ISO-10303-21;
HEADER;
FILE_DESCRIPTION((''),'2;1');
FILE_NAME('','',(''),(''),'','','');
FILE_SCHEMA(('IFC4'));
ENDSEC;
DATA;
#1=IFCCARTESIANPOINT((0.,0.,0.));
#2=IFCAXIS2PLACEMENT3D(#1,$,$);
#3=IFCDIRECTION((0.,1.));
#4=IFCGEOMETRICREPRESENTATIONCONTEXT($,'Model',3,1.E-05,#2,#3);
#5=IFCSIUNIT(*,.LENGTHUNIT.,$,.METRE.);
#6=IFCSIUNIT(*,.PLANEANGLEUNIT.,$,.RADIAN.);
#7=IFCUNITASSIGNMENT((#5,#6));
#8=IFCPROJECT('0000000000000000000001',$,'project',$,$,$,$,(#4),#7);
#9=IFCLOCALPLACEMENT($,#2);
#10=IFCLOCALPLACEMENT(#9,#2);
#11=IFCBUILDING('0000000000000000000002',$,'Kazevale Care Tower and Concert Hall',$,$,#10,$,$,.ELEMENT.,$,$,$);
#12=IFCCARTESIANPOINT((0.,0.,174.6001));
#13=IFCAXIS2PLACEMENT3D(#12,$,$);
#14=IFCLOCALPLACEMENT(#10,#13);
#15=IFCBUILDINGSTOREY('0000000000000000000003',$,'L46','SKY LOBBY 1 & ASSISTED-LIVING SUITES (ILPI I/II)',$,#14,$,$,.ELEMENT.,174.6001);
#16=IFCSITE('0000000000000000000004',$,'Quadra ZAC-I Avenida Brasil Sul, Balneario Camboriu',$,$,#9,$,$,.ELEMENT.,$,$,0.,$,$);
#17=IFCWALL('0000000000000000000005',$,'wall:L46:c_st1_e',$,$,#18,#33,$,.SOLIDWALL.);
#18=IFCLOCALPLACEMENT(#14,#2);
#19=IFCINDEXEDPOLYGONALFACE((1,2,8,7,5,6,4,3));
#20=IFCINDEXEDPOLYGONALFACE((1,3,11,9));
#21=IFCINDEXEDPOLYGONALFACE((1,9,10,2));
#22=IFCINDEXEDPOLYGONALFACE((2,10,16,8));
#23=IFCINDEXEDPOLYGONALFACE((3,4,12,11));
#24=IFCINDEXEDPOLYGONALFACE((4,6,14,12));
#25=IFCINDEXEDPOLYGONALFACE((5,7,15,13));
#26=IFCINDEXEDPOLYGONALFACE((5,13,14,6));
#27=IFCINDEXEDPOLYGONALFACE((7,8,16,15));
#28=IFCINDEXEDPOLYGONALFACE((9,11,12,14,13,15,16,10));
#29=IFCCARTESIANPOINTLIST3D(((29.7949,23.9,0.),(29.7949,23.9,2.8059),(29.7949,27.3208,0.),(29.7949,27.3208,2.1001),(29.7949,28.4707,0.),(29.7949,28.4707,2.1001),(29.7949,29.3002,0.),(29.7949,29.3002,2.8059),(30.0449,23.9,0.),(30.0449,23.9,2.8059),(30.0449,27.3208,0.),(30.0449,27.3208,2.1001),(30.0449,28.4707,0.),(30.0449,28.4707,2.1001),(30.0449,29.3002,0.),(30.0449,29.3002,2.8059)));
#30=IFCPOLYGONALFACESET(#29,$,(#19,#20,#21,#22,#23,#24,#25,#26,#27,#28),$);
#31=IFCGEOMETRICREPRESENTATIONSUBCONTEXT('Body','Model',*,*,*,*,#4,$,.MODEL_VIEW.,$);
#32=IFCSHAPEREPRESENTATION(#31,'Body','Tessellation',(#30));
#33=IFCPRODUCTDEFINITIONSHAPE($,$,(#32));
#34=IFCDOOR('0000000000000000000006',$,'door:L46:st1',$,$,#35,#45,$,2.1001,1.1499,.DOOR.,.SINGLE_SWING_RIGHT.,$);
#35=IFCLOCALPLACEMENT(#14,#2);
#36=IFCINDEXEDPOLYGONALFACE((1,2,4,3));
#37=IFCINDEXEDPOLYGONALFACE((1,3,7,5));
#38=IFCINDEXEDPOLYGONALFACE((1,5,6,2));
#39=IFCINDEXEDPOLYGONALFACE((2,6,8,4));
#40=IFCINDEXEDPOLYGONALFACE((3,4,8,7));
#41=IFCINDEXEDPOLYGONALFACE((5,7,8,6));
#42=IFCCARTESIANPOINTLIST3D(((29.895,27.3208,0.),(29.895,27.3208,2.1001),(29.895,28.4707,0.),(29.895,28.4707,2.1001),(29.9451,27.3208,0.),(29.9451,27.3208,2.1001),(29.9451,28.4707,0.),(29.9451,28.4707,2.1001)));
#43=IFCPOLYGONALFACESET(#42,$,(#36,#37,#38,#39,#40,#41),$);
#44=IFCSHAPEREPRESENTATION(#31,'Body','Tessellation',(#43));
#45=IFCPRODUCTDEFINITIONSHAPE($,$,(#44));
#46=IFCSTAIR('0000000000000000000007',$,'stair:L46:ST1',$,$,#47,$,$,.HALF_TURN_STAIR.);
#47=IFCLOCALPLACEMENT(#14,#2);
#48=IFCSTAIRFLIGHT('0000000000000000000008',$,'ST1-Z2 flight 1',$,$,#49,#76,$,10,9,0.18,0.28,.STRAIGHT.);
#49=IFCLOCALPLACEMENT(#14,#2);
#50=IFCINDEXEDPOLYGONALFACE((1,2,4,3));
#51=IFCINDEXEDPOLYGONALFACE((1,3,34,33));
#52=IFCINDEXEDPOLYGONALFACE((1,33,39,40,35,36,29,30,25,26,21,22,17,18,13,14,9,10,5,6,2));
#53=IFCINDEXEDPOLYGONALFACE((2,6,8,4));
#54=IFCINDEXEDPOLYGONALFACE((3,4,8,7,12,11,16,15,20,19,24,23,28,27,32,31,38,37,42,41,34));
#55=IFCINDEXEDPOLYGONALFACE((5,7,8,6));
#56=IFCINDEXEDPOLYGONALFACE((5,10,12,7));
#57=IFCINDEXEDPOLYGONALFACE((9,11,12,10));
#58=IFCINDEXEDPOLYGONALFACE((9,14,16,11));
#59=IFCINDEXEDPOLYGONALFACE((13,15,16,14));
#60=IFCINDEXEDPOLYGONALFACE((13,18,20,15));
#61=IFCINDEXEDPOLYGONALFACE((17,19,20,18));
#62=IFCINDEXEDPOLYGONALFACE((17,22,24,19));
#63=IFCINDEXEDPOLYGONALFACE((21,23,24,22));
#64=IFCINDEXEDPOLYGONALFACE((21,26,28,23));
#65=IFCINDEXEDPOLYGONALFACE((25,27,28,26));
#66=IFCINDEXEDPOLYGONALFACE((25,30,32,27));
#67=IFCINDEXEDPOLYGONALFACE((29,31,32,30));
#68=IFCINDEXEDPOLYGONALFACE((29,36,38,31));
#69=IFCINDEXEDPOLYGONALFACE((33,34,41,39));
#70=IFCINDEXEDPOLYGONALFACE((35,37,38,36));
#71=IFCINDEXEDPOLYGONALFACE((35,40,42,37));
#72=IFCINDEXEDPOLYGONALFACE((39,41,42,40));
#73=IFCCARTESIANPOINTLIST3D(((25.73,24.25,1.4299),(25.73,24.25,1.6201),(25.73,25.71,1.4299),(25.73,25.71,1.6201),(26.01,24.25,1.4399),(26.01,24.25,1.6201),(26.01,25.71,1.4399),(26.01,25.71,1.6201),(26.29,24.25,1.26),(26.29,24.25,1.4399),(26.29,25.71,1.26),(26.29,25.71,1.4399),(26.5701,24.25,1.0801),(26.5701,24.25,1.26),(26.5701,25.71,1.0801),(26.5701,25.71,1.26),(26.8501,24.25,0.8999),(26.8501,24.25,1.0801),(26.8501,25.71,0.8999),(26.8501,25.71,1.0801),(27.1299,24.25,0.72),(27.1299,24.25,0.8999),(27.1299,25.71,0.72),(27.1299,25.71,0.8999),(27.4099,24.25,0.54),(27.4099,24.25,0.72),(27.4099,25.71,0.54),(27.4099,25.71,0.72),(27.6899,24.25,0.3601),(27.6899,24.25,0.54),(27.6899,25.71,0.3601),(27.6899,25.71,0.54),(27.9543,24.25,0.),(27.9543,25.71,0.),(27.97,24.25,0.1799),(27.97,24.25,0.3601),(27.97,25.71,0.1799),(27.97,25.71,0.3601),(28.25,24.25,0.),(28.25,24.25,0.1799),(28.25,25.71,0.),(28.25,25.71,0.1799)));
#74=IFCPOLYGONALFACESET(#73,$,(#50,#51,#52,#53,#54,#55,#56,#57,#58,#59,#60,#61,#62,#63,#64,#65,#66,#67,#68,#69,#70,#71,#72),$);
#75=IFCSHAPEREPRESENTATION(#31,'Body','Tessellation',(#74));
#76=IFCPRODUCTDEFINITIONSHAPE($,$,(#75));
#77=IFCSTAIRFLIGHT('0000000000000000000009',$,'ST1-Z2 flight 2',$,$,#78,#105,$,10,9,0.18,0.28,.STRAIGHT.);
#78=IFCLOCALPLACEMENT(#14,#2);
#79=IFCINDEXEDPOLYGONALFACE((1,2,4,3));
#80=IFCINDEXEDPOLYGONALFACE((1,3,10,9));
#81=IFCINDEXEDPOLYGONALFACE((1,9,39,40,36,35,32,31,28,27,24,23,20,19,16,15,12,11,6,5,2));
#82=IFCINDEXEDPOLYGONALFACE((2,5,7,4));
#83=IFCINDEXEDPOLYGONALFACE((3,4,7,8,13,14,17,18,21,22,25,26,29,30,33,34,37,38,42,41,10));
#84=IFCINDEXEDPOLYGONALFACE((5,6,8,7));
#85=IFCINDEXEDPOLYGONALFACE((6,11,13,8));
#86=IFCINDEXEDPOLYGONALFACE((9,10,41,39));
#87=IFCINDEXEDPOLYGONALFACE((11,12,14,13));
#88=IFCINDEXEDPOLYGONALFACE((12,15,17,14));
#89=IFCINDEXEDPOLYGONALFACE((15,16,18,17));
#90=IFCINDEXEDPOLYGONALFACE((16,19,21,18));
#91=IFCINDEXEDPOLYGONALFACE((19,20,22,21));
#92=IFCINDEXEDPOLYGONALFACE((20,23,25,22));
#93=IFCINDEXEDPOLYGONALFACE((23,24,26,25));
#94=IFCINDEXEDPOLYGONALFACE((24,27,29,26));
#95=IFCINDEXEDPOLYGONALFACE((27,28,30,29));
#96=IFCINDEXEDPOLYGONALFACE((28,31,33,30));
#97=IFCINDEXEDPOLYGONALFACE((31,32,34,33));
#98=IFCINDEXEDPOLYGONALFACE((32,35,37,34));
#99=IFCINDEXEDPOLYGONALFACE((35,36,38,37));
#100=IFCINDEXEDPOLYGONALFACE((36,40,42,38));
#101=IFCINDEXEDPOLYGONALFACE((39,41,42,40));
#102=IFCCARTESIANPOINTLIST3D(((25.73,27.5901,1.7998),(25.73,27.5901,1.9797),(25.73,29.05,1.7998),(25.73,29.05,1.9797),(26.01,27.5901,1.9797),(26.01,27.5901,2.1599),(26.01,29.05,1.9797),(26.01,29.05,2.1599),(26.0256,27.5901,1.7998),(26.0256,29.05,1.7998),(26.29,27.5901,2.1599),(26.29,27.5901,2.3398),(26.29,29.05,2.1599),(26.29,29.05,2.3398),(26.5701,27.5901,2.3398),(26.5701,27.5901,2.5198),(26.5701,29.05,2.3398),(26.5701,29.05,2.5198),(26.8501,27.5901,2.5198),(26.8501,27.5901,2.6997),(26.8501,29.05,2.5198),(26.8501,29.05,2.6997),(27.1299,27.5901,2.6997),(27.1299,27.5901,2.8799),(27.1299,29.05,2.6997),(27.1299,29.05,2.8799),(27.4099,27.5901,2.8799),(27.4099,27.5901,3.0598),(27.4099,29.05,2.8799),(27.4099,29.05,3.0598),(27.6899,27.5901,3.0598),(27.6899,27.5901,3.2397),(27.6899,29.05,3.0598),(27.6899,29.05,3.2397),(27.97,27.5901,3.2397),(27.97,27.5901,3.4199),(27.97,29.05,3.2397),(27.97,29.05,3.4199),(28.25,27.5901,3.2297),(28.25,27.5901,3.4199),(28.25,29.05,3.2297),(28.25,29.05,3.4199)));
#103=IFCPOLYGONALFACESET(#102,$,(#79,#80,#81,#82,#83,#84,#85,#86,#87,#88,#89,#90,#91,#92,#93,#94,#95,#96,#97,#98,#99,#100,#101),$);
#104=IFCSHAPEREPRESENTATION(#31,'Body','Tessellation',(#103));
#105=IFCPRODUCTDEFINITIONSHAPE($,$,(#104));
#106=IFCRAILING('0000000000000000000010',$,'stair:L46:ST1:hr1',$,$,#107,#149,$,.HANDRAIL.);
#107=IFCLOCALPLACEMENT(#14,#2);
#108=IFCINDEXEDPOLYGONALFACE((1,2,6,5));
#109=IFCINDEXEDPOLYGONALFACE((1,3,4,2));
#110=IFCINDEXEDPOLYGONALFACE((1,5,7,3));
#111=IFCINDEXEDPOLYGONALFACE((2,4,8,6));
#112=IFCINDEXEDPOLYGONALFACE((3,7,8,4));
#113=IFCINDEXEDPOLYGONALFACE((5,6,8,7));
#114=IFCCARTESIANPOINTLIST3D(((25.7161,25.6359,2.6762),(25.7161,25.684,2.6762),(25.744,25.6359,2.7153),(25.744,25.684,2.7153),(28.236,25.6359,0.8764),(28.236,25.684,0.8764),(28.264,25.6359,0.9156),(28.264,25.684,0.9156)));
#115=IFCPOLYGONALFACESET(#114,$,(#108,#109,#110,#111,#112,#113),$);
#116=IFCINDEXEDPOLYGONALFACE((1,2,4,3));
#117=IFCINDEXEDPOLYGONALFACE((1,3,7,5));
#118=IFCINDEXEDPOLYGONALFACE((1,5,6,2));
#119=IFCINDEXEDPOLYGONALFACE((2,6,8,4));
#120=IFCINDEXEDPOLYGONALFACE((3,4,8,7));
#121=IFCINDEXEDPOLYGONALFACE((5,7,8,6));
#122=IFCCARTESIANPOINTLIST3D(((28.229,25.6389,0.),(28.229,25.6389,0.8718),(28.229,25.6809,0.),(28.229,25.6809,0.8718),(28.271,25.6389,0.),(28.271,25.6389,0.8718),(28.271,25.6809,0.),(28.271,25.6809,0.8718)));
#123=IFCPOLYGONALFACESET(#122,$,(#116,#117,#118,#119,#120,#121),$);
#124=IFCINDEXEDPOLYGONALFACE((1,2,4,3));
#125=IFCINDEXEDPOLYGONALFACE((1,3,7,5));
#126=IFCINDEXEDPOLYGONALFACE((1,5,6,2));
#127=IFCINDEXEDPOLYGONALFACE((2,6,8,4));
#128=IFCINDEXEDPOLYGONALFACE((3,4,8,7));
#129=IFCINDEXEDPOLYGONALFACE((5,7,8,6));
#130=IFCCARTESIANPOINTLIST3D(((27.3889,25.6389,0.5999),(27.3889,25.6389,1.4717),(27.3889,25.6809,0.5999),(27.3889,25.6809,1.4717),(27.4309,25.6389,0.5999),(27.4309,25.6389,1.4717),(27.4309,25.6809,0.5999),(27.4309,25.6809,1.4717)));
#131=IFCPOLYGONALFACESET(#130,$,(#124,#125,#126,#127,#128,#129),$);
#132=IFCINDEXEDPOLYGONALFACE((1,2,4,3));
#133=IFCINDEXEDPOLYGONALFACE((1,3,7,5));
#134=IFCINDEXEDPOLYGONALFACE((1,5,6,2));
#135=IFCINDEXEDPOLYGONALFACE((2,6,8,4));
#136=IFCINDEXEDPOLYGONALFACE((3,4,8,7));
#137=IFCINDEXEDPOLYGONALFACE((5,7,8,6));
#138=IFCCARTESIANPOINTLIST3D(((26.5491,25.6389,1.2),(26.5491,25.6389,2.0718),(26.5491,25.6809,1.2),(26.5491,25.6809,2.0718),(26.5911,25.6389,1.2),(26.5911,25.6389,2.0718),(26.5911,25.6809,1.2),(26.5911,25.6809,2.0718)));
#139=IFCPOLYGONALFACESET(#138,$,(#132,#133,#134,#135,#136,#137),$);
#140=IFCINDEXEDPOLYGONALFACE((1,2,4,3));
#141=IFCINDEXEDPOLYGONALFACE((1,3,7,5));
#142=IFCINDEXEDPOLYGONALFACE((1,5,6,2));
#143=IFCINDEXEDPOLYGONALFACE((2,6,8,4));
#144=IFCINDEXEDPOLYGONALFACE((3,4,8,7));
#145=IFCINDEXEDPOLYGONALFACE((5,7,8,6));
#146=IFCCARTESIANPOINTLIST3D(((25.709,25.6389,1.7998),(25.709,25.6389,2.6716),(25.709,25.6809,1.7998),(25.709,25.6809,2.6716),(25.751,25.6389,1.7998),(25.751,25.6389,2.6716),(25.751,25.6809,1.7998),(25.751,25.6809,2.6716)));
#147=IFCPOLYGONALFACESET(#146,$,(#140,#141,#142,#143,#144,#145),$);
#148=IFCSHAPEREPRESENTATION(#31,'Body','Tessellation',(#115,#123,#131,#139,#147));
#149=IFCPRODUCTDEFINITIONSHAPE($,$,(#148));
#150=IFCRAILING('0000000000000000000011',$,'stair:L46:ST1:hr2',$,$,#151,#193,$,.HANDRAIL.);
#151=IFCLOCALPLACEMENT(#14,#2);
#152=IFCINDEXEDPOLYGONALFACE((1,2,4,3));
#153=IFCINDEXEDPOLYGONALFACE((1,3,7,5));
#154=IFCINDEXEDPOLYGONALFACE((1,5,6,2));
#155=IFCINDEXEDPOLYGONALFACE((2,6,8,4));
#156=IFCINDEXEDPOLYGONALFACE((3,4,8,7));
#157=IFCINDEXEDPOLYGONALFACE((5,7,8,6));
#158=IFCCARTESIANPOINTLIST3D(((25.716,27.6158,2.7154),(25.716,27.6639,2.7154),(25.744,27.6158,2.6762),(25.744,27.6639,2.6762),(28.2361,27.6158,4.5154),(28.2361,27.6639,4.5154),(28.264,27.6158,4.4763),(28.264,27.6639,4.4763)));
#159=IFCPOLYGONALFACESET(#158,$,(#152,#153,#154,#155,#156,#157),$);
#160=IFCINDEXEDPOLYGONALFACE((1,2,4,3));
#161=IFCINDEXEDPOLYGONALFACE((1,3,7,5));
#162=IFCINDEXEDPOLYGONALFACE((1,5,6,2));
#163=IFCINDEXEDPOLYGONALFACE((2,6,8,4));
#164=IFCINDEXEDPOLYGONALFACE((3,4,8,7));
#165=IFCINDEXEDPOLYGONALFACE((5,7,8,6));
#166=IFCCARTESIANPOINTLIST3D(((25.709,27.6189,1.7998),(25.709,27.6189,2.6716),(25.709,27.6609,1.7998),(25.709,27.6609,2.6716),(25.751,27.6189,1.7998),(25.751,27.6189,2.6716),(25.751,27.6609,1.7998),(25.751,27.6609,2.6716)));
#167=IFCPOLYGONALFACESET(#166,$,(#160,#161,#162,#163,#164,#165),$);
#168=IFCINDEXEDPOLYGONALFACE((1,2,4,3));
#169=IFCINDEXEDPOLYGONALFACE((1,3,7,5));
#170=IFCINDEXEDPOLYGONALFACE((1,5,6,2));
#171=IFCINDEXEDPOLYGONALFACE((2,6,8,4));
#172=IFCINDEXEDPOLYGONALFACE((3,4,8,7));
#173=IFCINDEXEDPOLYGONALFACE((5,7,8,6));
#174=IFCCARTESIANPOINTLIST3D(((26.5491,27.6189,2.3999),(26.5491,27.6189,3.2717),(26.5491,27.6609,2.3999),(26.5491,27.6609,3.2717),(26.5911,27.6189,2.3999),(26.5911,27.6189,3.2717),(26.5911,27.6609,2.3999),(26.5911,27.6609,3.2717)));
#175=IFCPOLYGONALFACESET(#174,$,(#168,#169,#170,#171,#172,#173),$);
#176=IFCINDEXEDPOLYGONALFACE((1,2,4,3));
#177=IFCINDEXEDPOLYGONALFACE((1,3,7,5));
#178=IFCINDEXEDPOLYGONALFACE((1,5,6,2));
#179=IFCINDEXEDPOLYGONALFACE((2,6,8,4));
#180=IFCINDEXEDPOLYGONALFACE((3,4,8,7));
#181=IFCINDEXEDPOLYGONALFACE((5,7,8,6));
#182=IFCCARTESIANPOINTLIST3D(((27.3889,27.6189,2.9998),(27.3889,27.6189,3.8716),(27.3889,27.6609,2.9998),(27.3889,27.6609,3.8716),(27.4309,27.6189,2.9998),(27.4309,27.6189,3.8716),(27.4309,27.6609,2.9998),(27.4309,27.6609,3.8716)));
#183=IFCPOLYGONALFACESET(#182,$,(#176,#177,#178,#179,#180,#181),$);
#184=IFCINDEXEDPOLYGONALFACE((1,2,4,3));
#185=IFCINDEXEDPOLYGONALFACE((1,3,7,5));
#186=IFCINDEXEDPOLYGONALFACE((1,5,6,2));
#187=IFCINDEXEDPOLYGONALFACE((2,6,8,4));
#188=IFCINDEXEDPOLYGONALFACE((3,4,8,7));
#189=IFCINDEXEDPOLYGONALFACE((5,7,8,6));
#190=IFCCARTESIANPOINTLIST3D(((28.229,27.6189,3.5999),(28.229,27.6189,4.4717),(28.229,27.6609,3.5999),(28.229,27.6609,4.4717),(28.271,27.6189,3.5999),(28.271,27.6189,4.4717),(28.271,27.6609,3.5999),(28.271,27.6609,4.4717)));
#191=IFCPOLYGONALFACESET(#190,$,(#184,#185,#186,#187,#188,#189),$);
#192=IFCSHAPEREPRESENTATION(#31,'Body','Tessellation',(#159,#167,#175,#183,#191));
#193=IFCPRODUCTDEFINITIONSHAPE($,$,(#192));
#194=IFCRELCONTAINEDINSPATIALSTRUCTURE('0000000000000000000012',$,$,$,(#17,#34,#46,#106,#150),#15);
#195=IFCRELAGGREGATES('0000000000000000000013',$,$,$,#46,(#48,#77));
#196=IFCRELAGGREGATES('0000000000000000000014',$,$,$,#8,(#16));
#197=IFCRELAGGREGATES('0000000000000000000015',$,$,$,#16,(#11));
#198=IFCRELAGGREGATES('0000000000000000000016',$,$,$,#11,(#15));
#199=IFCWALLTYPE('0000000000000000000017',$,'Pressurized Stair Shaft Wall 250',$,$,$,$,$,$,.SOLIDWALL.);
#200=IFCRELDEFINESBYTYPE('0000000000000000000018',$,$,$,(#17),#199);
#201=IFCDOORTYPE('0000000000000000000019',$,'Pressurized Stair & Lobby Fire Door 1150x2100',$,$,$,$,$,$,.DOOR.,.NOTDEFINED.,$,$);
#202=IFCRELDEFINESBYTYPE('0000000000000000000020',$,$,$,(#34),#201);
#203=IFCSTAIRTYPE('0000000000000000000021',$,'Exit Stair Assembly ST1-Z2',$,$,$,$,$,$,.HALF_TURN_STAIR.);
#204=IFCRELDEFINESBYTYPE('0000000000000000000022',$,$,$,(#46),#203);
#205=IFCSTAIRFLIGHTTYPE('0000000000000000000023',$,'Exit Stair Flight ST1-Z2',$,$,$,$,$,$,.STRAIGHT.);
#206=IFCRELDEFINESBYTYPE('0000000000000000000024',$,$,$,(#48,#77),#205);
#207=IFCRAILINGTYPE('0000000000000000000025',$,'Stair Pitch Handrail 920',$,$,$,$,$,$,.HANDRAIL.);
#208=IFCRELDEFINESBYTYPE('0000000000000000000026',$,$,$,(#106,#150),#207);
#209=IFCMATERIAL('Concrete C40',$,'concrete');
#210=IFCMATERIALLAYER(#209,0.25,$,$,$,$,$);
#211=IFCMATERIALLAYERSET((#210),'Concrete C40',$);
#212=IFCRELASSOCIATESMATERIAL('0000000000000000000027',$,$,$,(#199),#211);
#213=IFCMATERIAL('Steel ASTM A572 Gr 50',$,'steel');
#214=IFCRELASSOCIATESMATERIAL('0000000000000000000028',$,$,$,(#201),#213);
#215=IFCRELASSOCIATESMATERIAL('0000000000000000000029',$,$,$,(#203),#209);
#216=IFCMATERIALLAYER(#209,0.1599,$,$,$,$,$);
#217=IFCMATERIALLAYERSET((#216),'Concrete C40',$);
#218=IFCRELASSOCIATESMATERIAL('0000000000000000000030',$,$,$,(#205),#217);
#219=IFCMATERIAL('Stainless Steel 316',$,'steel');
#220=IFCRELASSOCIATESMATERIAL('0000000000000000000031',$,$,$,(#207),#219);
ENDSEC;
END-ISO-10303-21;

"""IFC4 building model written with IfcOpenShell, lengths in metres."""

from ifc_helpers import new_model, si_unit, direction, frame, frame_2d, origin, origin_2d, place, context, subcontext, project, spatial, polyline, rectangle, outline, extrude, material, layer, layer_set, type_object, element, fill, aggregate, save


model = new_model("IFC4")

# Units and contexts
model_context = context("Model", 3, precision=1e-05, world=origin(), true_north=direction((0.0, 1.0)))
body_context = subcontext(model_context, "Body", "Model", "MODEL_VIEW")
ifc_project = project(units=[si_unit("LENGTHUNIT", "METRE"), si_unit("PLANEANGLEUNIT", "RADIAN")], contexts=[model_context])

# Site, building, storey
site_placement = place(None, origin())
site = spatial("IfcSite", under=ifc_project, at=site_placement, Name="Quadra ZAC-I Avenida Brasil Sul, Balneario Camboriu", CompositionType="ELEMENT", RefElevation=0.0)
building_placement = place(site_placement, origin())
building = spatial("IfcBuilding", under=site, at=building_placement, Name="Kazevale Care Tower and Concert Hall", CompositionType="ELEMENT")
storey_placement = place(building_placement, frame((0.0, 0.0, 174.6001)))
storey = spatial("IfcBuildingStorey", under=building, at=storey_placement, Name="L46", Description="SKY LOBBY 1 & ASSISTED-LIVING SUITES (ILPI I/II)", CompositionType="ELEMENT", Elevation=174.6001)

# Shared definitions
ifc_material_1 = material(Name="Steel ASTM A572 Gr 50", Category="steel")

# Shared definitions
ifc_material_2 = material(Name="Concrete C40", Category="concrete")
ifc_material_3 = material(Name="Stainless Steel 316", Category="steel")

# Wall, opening, door
ifc_layer_1 = layer(ifc_material_2, 0.25)
ifc_layer_set_1 = layer_set([ifc_layer_1], Name="Concrete C40")
wall_type_1 = type_object("IfcWallType", Name="Pressurized Stair Shaft Wall 250", PredefinedType="SOLIDWALL", material=ifc_layer_set_1)
wall_1_placement = place(storey_placement, frame((29.9199, 23.8999, 0.0), z_axis=(0.0, 0.0, 1.0), x_axis=(0.0, 1.0, 0.0)))
wall_1 = element("IfcWall", 1, at=wall_1_placement, inside=storey, type_object=wall_type_1, Name="wall:L46:c_st1_e", PredefinedType="SOLIDWALL", context=body_context, shape_type="SweptSolid", body=[
    extrude(rectangle(XDim=5.4001, YDim=0.25, at=frame_2d((2.7002, 0.0))), origin(), (0.0, 0.0, 1.0), 2.8059),
])
opening_1_placement = place(wall_1_placement, frame((3.4209, 0.0, 0.0)))
opening_1 = element("IfcOpeningElement", 2, at=opening_1_placement, cuts=wall_1, PredefinedType="OPENING", context=body_context, shape_type="SweptSolid", body=[
    extrude(rectangle(XDim=1.1499, YDim=2.1001, at=frame_2d((0.575, 1.05))), frame((0.0, 0.135, 0.0), z_axis=(0.0, -1.0, 0.0), x_axis=(1.0, 0.0, 0.0)), (0.0, 0.0, 1.0), 0.27),
])
door_type_1 = type_object("IfcDoorType", Name="Pressurized Stair & Lobby Fire Door 1150x2100", OperationType="NOTDEFINED", PredefinedType="DOOR", material=ifc_material_1)
door_1_placement = place(opening_1_placement, origin())
door_1 = element("IfcDoor", 3, at=door_1_placement, inside=storey, type_object=door_type_1, Name="door:L46:st1", OperationType="SINGLE_SWING_RIGHT", OverallHeight=2.1001, OverallWidth=1.1499, PredefinedType="DOOR", context=body_context, shape_type="SweptSolid", body=[
    extrude(rectangle(XDim=1.1499, YDim=2.1001, at=frame_2d((0.575, 1.05))), frame((0.0, 0.0249, 0.0), z_axis=(0.0, -1.0, 0.0), x_axis=(1.0, 0.0, 0.0)), (0.0, 0.0, 1.0), 0.05),
])
fill(opening_1, door_1)

# Stair, stair flights
stair_type = type_object("IfcStairType", Name="Exit Stair Assembly ST1-Z2", PredefinedType="HALF_TURN_STAIR", material=ifc_material_2)
stair_placement = place(storey_placement, origin())
stair = element("IfcStair", 4, at=stair_placement, inside=storey, type_object=stair_type, Name="stair:L46:ST1", PredefinedType="HALF_TURN_STAIR")
ifc_layer_2 = layer(ifc_material_2, 0.1599)
ifc_layer_set_2 = layer_set([ifc_layer_2], Name="Concrete C40")
stair_flight_type = type_object("IfcStairFlightType", Name="Exit Stair Flight ST1-Z2", PredefinedType="STRAIGHT", material=ifc_layer_set_2)
stair_flight_1_placement = place(storey_placement, frame((28.25, 24.98, 0.0), z_axis=(0.0, 0.0, 1.0), x_axis=(-1.0, 0.0, 0.0)))
stair_flight_1 = element("IfcStairFlight", 5, at=stair_flight_1_placement, type_object=stair_flight_type, Name="ST1-Z2 flight 1", NumberOfRisers=10, NumberOfTreads=9, PredefinedType="STRAIGHT", RiserHeight=0.18, TreadLength=0.28, context=body_context, shape_type="SweptSolid", body=[
    extrude(outline(polyline([(0.0, 0.0), (0.0, 0.1799), (0.28, 0.1799), (0.28, 0.3601), (0.5601, 0.3601), (0.5601, 0.54), (0.8401, 0.54), (0.8401, 0.72), (1.1201, 0.72), (1.1201, 0.8999), (1.3999, 0.8999), (1.3999, 1.0801), (1.6799, 1.0801), (1.6799, 1.26), (1.96, 1.26), (1.96, 1.4399), (2.24, 1.4399), (2.24, 1.6201), (2.52, 1.6201), (2.52, 1.8), (2.52, 1.4299), (0.2957, 0.0), (0.0, 0.0)])), frame((0.0, 0.73, 0.0), z_axis=(0.0, -1.0, 0.0), x_axis=(1.0, 0.0, 0.0)), (0.0, 0.0, 1.0), 1.46),
])
stair_flight_2_placement = place(storey_placement, frame((25.73, 28.3201, 1.7998), z_axis=(0.0, 0.0, 1.0), x_axis=(1.0, 0.0, 0.0)))
stair_flight_2 = element("IfcStairFlight", 6, at=stair_flight_2_placement, type_object=stair_flight_type, Name="ST1-Z2 flight 2", NumberOfRisers=10, NumberOfTreads=9, PredefinedType="STRAIGHT", RiserHeight=0.18, TreadLength=0.28, context=body_context, shape_type="SweptSolid", body=[
    extrude(outline(polyline([(0.0, 0.0), (0.0, 0.1799), (0.28, 0.1799), (0.28, 0.3601), (0.5601, 0.3601), (0.5601, 0.54), (0.8401, 0.54), (0.8401, 0.72), (1.1201, 0.72), (1.1201, 0.8999), (1.3999, 0.8999), (1.3999, 1.0801), (1.6799, 1.0801), (1.6799, 1.26), (1.96, 1.26), (1.96, 1.4399), (2.24, 1.4399), (2.24, 1.6201), (2.52, 1.6201), (2.52, 1.8), (2.52, 1.4299), (0.2957, 0.0), (0.0, 0.0)])), frame((0.0, 0.73, 0.0), z_axis=(0.0, -1.0, 0.0), x_axis=(1.0, 0.0, 0.0)), (0.0, 0.0, 1.0), 1.46),
])
aggregate(stair, [stair_flight_1, stair_flight_2])

# Railings
railing_type_1 = type_object("IfcRailingType", Name="Stair Pitch Handrail 920", PredefinedType="HANDRAIL", material=ifc_material_3)
railing_1_placement = place(storey_placement, frame((28.25, 25.6599, 0.0)))
element("IfcRailing", 7, at=railing_1_placement, inside=storey, type_object=railing_type_1, Name="stair:L46:ST1:hr1", PredefinedType="HANDRAIL", context=body_context, shape_type="SweptSolid", body=[
    extrude(rectangle(XDim=0.0481, YDim=0.0481, at=origin_2d()), frame((0.0, 0.0, 0.896), z_axis=(-0.813765, 0.0, 0.581193), x_axis=(0.0, -1.0, 0.0)), (0.0, 0.0, 1.0), 3.0967),
    extrude(rectangle(XDim=0.042, YDim=0.042, at=origin_2d()), origin(), (0.0, 0.0, 1.0), 0.8718),
    extrude(rectangle(XDim=0.042, YDim=0.042, at=origin_2d()), frame((-0.8401, 0.0, 0.5999)), (0.0, 0.0, 1.0), 0.8718),
    extrude(rectangle(XDim=0.042, YDim=0.042, at=origin_2d()), frame((-1.6799, 0.0, 1.2)), (0.0, 0.0, 1.0), 0.8718),
    extrude(rectangle(XDim=0.042, YDim=0.042, at=origin_2d()), frame((-2.52, 0.0, 1.7998)), (0.0, 0.0, 1.0), 0.8718),
])
railing_2_placement = place(storey_placement, frame((25.73, 27.6399, 1.7998)))
element("IfcRailing", 8, at=railing_2_placement, inside=storey, type_object=railing_type_1, Name="stair:L46:ST1:hr2", PredefinedType="HANDRAIL", context=body_context, shape_type="SweptSolid", body=[
    extrude(rectangle(XDim=0.0481, YDim=0.0481, at=origin_2d()), frame((0.0, 0.0, 0.896), z_axis=(0.813728, 0.0, 0.581246), x_axis=(0.0, 1.0, 0.0)), (0.0, 0.0, 1.0), 3.0969),
    extrude(rectangle(XDim=0.042, YDim=0.042, at=origin_2d()), origin(), (0.0, 0.0, 1.0), 0.8718),
    extrude(rectangle(XDim=0.042, YDim=0.042, at=origin_2d()), frame((0.8401, 0.0, 0.6001)), (0.0, 0.0, 1.0), 0.8718),
    extrude(rectangle(XDim=0.042, YDim=0.042, at=origin_2d()), frame((1.6799, 0.0, 1.2)), (0.0, 0.0, 1.0), 0.8718),
    extrude(rectangle(XDim=0.042, YDim=0.042, at=origin_2d()), frame((2.52, 0.0, 1.8)), (0.0, 0.0, 1.0), 0.8718),
])

save(model, "model.ifc")
